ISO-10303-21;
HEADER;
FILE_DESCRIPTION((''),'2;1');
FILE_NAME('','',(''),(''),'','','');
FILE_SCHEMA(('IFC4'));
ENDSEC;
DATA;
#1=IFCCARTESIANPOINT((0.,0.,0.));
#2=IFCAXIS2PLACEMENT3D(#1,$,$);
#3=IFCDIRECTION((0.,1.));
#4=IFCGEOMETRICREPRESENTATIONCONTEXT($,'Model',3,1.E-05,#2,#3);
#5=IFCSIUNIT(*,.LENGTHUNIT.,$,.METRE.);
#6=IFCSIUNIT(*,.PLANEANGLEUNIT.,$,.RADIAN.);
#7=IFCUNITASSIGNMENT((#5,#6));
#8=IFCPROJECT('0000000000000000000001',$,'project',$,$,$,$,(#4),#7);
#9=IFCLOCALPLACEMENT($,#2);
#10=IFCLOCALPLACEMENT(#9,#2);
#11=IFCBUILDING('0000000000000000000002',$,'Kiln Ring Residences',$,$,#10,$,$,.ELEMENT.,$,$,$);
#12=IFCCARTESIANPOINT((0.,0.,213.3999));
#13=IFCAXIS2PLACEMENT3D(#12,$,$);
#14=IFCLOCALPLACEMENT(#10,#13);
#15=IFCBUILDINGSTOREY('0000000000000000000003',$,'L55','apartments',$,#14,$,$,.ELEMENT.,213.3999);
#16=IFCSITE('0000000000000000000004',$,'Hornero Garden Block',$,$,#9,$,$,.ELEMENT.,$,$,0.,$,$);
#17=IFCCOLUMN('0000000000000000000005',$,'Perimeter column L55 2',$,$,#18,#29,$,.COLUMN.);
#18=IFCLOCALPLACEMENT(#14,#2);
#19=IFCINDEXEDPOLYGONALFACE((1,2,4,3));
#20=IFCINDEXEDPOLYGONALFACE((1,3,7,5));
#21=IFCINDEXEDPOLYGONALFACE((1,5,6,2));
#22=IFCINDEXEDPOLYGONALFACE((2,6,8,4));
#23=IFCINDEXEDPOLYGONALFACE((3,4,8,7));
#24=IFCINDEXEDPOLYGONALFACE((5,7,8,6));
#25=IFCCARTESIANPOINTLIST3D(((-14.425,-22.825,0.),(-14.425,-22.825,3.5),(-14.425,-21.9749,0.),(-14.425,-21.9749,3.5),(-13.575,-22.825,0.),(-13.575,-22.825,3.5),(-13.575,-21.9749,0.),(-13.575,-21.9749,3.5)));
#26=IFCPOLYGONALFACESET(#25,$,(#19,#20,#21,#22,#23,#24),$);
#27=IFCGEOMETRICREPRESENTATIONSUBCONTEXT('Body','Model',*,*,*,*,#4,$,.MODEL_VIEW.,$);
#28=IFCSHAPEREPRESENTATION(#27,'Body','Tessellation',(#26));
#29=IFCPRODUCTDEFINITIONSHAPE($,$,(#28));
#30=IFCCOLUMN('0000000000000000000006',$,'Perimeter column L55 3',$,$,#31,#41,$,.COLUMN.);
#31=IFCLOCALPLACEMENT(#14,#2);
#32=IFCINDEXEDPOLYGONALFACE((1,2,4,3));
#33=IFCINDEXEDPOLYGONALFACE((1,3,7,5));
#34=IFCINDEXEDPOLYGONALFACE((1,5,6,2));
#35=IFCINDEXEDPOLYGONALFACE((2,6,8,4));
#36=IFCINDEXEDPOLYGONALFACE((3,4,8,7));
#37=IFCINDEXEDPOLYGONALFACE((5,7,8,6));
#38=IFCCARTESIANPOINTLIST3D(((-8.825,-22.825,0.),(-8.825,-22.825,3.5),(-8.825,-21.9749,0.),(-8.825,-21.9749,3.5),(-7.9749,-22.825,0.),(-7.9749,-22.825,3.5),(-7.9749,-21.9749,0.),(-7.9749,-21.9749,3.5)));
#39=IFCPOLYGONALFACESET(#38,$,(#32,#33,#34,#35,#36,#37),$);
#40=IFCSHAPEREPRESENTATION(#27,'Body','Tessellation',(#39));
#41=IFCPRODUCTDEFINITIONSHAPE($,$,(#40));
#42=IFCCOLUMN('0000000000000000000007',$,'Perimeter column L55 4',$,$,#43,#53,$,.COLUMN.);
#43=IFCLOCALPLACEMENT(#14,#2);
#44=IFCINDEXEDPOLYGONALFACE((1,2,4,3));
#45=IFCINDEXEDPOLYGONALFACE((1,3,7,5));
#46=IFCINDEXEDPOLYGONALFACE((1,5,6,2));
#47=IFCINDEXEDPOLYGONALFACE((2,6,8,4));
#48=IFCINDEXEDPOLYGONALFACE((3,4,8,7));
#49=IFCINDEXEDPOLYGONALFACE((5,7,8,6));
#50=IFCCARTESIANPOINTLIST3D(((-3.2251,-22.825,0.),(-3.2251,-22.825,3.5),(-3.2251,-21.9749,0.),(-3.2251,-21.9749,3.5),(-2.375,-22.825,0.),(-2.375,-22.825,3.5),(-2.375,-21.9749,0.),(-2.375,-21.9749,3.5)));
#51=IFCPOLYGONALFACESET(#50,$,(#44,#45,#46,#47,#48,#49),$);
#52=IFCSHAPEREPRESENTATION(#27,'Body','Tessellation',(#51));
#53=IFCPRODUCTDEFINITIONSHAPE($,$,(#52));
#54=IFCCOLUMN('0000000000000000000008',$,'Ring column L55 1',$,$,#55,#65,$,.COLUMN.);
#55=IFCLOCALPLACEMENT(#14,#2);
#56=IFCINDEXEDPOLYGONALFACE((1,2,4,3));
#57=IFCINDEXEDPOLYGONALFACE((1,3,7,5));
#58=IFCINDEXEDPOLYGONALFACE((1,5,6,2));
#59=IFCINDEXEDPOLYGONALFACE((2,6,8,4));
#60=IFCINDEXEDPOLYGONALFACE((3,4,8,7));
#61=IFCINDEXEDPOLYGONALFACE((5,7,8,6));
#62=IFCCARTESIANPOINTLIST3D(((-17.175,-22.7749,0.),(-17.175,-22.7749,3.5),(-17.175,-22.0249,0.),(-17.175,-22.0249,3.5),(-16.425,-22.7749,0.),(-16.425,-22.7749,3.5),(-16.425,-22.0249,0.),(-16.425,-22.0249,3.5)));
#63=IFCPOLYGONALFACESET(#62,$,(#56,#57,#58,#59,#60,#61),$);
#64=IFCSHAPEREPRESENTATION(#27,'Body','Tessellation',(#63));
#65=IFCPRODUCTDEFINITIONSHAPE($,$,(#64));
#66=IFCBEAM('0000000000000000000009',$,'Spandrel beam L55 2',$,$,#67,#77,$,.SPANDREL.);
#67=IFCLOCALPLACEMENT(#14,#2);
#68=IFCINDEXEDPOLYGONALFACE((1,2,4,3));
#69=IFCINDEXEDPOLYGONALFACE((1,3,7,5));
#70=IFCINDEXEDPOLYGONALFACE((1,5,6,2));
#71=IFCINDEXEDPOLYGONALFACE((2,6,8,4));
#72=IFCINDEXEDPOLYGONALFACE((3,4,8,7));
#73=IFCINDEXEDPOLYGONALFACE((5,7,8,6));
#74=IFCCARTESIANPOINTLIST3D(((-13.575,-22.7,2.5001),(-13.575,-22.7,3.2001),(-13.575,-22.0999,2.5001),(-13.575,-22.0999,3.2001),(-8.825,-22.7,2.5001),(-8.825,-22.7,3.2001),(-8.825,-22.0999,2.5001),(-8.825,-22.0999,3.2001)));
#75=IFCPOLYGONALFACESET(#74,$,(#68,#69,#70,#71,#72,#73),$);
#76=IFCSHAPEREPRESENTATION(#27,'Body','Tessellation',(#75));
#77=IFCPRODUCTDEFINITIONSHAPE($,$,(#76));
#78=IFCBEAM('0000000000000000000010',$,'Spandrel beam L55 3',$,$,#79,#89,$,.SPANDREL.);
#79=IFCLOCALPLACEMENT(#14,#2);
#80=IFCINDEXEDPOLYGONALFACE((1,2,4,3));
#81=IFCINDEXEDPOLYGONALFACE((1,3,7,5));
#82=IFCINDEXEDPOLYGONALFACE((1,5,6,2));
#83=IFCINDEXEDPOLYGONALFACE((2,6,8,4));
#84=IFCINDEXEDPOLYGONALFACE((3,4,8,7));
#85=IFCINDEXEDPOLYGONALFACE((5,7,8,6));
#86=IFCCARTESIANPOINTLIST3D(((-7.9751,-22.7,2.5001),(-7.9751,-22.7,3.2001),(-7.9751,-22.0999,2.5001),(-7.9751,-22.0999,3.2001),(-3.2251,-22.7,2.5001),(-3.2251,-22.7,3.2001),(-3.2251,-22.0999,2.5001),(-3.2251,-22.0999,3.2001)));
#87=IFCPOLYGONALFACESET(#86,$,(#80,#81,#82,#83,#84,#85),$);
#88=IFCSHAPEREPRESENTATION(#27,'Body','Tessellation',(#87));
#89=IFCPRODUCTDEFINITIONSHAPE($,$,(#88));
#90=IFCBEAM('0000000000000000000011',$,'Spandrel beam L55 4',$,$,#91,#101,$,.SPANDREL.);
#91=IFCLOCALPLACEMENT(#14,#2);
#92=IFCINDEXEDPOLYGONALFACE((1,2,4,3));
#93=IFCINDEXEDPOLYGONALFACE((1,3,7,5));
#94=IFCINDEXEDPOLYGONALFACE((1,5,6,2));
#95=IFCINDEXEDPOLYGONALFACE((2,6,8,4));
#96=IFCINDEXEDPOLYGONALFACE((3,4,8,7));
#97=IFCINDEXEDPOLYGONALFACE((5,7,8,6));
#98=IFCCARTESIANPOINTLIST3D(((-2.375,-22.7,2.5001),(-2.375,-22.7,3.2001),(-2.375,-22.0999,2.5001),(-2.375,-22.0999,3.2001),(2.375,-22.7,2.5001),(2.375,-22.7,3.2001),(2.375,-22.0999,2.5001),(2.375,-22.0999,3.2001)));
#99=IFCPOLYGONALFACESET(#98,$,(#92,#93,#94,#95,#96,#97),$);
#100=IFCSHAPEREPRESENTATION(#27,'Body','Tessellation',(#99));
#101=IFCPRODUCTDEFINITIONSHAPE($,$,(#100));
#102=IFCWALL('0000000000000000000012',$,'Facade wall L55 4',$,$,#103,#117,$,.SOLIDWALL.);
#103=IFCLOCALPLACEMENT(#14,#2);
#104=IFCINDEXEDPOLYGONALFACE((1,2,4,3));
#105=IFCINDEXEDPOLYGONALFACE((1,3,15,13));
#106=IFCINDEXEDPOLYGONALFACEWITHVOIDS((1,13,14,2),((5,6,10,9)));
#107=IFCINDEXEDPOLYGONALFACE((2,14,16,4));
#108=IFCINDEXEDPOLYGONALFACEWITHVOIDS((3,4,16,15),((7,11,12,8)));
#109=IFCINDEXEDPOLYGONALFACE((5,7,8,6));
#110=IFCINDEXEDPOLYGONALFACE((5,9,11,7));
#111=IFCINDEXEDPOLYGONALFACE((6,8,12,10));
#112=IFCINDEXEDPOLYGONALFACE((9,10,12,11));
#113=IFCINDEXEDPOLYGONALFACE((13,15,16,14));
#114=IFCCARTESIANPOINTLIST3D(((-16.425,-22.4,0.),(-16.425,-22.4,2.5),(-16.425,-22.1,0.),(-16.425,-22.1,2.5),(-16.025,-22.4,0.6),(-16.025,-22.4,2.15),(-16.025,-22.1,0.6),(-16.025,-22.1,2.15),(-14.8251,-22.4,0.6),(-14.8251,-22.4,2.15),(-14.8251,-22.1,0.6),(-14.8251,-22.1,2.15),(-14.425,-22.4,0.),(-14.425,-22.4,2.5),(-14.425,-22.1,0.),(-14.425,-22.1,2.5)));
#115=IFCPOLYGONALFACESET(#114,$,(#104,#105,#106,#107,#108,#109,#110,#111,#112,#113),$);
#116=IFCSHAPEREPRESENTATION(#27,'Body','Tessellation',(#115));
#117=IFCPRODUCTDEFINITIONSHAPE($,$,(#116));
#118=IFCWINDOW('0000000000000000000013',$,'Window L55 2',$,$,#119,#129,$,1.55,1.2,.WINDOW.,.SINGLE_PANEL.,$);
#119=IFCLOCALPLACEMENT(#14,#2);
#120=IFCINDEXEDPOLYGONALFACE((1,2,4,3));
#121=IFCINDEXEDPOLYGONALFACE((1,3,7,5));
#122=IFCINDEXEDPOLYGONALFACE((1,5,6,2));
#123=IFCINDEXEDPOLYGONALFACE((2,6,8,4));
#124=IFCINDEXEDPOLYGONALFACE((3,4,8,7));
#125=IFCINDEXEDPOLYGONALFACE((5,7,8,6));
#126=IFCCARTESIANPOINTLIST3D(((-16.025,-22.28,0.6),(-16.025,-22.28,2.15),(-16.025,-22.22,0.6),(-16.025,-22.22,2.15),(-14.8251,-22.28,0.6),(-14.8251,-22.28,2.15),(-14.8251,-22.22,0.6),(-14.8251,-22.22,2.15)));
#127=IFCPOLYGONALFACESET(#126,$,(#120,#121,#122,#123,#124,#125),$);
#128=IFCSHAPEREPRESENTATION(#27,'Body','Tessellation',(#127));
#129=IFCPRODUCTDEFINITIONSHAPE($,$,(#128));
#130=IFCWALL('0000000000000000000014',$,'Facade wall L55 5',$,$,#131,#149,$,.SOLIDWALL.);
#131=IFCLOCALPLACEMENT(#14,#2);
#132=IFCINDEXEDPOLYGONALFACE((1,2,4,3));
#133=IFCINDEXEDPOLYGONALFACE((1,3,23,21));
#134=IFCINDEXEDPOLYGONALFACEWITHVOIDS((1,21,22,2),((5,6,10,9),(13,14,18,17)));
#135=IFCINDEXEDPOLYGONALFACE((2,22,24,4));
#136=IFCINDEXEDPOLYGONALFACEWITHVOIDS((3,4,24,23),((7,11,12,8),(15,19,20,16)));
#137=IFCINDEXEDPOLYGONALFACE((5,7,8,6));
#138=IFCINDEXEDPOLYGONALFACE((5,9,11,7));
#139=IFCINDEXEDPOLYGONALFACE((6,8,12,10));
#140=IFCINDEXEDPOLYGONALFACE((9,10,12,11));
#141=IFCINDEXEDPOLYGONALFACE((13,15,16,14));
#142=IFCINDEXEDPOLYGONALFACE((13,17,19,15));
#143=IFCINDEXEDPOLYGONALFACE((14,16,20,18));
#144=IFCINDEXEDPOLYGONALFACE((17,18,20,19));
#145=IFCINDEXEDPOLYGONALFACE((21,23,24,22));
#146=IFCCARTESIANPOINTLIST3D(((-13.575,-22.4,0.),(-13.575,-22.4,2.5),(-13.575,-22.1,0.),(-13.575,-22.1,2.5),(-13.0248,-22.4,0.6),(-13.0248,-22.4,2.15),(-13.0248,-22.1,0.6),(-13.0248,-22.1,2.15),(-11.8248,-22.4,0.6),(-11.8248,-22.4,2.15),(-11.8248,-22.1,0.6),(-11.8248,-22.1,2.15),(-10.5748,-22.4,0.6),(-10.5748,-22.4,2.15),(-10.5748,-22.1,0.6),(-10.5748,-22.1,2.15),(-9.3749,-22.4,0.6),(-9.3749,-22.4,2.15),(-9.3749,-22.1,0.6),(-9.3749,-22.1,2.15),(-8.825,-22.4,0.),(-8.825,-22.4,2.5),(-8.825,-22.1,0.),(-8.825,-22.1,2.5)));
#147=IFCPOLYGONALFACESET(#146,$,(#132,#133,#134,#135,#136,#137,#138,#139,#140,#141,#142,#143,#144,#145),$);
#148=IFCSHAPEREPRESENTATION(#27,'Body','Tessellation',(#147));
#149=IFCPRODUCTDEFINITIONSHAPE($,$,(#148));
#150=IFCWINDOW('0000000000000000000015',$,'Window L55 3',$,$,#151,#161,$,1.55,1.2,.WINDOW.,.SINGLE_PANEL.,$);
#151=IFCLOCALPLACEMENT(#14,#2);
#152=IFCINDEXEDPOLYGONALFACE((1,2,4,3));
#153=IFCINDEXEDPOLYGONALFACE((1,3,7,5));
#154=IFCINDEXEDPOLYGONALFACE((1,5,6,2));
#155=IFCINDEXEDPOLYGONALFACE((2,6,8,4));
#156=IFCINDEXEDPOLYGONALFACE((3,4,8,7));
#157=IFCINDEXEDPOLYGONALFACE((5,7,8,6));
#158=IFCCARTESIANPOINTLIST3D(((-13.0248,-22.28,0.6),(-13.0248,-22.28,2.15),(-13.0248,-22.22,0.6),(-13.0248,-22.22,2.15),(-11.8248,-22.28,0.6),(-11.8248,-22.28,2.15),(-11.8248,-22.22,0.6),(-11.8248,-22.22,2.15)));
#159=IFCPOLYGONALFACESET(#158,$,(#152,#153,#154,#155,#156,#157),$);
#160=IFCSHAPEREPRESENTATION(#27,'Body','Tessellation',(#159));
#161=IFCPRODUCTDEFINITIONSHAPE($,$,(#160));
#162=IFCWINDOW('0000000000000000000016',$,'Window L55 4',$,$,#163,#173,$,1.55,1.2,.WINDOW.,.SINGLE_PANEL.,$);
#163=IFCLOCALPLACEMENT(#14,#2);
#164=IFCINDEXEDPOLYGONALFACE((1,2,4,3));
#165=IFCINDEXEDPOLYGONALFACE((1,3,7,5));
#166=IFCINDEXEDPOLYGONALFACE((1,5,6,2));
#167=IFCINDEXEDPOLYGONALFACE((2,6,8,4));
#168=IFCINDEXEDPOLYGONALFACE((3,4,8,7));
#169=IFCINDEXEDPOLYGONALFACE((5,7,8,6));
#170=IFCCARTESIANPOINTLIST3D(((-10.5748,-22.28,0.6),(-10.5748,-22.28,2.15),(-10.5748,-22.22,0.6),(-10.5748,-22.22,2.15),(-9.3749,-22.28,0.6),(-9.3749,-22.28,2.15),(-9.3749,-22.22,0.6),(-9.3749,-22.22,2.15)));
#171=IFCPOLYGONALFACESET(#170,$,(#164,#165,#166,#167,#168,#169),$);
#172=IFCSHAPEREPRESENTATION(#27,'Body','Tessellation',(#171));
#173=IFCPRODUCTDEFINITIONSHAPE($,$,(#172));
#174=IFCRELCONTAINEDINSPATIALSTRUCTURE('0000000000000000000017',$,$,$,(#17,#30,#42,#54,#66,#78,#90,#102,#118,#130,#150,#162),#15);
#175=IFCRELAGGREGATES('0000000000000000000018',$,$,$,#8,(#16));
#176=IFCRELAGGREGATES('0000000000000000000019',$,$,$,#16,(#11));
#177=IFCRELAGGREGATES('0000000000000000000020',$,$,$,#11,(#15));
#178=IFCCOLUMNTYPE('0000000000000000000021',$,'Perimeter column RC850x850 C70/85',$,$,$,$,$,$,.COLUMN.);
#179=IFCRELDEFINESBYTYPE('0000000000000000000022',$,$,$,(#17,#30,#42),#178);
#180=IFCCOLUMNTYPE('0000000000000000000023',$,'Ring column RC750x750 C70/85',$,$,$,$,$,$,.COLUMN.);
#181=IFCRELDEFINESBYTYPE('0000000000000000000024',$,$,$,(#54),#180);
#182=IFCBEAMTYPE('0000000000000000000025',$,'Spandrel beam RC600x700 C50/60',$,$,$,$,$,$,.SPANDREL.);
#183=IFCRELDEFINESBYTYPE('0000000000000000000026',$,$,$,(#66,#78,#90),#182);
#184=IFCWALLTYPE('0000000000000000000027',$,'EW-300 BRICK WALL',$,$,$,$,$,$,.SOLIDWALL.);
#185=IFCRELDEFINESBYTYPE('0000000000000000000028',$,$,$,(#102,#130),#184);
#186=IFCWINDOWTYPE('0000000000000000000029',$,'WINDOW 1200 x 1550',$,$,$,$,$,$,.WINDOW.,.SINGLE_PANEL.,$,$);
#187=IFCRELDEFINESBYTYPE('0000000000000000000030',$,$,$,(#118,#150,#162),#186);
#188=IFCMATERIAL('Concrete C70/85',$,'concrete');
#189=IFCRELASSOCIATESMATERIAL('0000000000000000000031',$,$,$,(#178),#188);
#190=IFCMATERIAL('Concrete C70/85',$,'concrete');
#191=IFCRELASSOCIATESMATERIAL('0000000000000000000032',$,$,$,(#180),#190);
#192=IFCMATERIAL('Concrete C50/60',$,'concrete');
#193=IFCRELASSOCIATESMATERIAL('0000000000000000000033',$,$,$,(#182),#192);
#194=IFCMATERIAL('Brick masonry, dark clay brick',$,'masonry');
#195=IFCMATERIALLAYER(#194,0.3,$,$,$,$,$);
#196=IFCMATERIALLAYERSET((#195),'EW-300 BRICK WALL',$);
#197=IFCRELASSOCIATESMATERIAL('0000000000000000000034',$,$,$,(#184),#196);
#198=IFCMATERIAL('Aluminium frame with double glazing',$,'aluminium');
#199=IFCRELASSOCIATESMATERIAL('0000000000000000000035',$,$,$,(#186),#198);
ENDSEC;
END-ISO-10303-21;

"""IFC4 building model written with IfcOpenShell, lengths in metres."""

from ifc_helpers import new_model, si_unit, direction, frame, frame_2d, origin, origin_2d, place, context, subcontext, project, spatial, rectangle, extrude, material, layer, layer_set, material_profile, profile_set, type_object, element, fill, save


model = new_model("IFC4")

# Units and contexts
model_context = context("Model", 3, precision=1e-05, world=origin(), true_north=direction((0.0, 1.0)))
body_context = subcontext(model_context, "Body", "Model", "MODEL_VIEW")
ifc_project = project(units=[si_unit("LENGTHUNIT", "METRE"), si_unit("PLANEANGLEUNIT", "RADIAN")], contexts=[model_context])

# Site, building, storey
site_placement = place(None, origin())
site = spatial("IfcSite", under=ifc_project, at=site_placement, Name="Hornero Garden Block", CompositionType="ELEMENT", RefElevation=0.0)
building_placement = place(site_placement, origin())
building = spatial("IfcBuilding", under=site, at=building_placement, Name="Kiln Ring Residences", CompositionType="ELEMENT")
storey_placement = place(building_placement, frame((0.0, 0.0, 213.3999)))
storey = spatial("IfcBuildingStorey", under=building, at=storey_placement, Name="L55", Description="apartments", CompositionType="ELEMENT", Elevation=213.3999)

# Columns
ifc_material_1 = material(Name="Concrete C70/85", Category="concrete")
ifc_material_profile_1 = material_profile(ifc_material_1, rectangle(XDim=0.8501, YDim=0.8501, at=origin_2d()), Name="RC850x850")
ifc_profile_set_1 = profile_set([ifc_material_profile_1], Name="Concrete C70/85")
column_type_1 = type_object("IfcColumnType", Name="Perimeter column RC850x850 C70/85", PredefinedType="COLUMN", material=ifc_profile_set_1)
for number, where, z_axis, x_axis, name in (
    (1, (-14.0, -22.3999, 0.0), (0.0, 0.0, 1.0), (1.0, 0.0, 0.0), "Perimeter column L55 2"),
    (2, (-8.3999, -22.3999, 0.0), (0.0, 0.0, 1.0), (1.0, 0.0, 0.0), "Perimeter column L55 3"),
    (3, (-2.8, -22.3999, 0.0), (0.0, 0.0, 1.0), (1.0, 0.0, 0.0), "Perimeter column L55 4"),
):
    element("IfcColumn", number, at=place(storey_placement, frame(where, z_axis=z_axis, x_axis=x_axis)), inside=storey, type_object=column_type_1, Name=name, PredefinedType="COLUMN", context=body_context, shape_type="SweptSolid", body=[
        extrude(rectangle(XDim=0.8501, YDim=0.8501, at=origin_2d()), origin(), (0.0, 0.0, 1.0), 3.5),
    ])
ifc_material_2 = material(Name="Concrete C70/85", Category="concrete")
ifc_material_profile_2 = material_profile(ifc_material_2, rectangle(XDim=0.75, YDim=0.75, at=origin_2d()), Name="RC750x750")
ifc_profile_set_2 = profile_set([ifc_material_profile_2], Name="Concrete C70/85")
column_type_2 = type_object("IfcColumnType", Name="Ring column RC750x750 C70/85", PredefinedType="COLUMN", material=ifc_profile_set_2)
column_placement = place(storey_placement, frame((-16.8, -22.3999, 0.0), z_axis=(0.0, 0.0, 1.0), x_axis=(1.0, 0.0, 0.0)))
element("IfcColumn", 4, at=column_placement, inside=storey, type_object=column_type_2, Name="Ring column L55 1", PredefinedType="COLUMN", context=body_context, shape_type="SweptSolid", body=[
    extrude(rectangle(XDim=0.75, YDim=0.75, at=origin_2d()), origin(), (0.0, 0.0, 1.0), 3.5),
])

# Beams
ifc_material_3 = material(Name="Concrete C50/60", Category="concrete")
ifc_material_profile_3 = material_profile(ifc_material_3, rectangle(XDim=0.6001, YDim=0.7, at=origin_2d()), Name="RC600x700")
ifc_profile_set_3 = profile_set([ifc_material_profile_3], Name="Concrete C50/60")
beam_type = type_object("IfcBeamType", Name="Spandrel beam RC600x700 C50/60", PredefinedType="SPANDREL", material=ifc_profile_set_3)
for number, where, z_axis, x_axis, name in (
    (5, (-13.575, -22.3999, 2.8501), (1.0, 0.0, 0.0), (0.0, 1.0, 0.0), "Spandrel beam L55 2"),
    (6, (-7.9751, -22.3999, 2.8501), (1.0, 0.0, 0.0), (0.0, 1.0, 0.0), "Spandrel beam L55 3"),
    (7, (-2.375, -22.3999, 2.8501), (1.0, 0.0, 0.0), (0.0, 1.0, 0.0), "Spandrel beam L55 4"),
):
    element("IfcBeam", number, at=place(storey_placement, frame(where, z_axis=z_axis, x_axis=x_axis)), inside=storey, type_object=beam_type, Name=name, PredefinedType="SPANDREL", context=body_context, shape_type="SweptSolid", body=[
        extrude(rectangle(XDim=0.6001, YDim=0.7, at=origin_2d()), origin(), (0.0, 0.0, 1.0), 4.75),
    ])

# Wall, opening, window
ifc_material_4 = material(Name="Brick masonry, dark clay brick", Category="masonry")
ifc_layer_1 = layer(ifc_material_4, 0.3)
ifc_layer_set_1 = layer_set([ifc_layer_1], Name="EW-300 BRICK WALL")
wall_type_1 = type_object("IfcWallType", Name="EW-300 BRICK WALL", PredefinedType="SOLIDWALL", material=ifc_layer_set_1)
wall_1_placement = place(storey_placement, frame((-16.425, -22.25, 0.0), z_axis=(0.0, 0.0, 1.0), x_axis=(1.0, 0.0, 0.0)))
wall_1 = element("IfcWall", 8, at=wall_1_placement, inside=storey, type_object=wall_type_1, Name="Facade wall L55 4", PredefinedType="SOLIDWALL", context=body_context, shape_type="SweptSolid", body=[
    extrude(rectangle(XDim=2.0, YDim=0.3, at=frame_2d((1.0, 0.0))), origin(), (0.0, 0.0, 1.0), 2.5),
])
opening_1_placement = place(wall_1_placement, frame((0.3999, 0.0, 0.6001)))
opening_1 = element("IfcOpeningElement", 9, at=opening_1_placement, cuts=wall_1, PredefinedType="OPENING", context=body_context, shape_type="SweptSolid", body=[
    extrude(rectangle(XDim=1.2, YDim=1.55, at=frame_2d((0.6001, 0.7749))), frame((0.0, 0.1599, 0.0), z_axis=(0.0, -1.0, 0.0), x_axis=(1.0, 0.0, 0.0)), (0.0, 0.0, 1.0), 0.3201),
])
ifc_material_5 = material(Name="Aluminium frame with double glazing", Category="aluminium")
window_type_1 = type_object("IfcWindowType", Name="WINDOW 1200 x 1550", PartitioningType="SINGLE_PANEL", PredefinedType="WINDOW", material=ifc_material_5)
window_1_placement = place(opening_1_placement, origin())
window_1 = element("IfcWindow", 10, at=window_1_placement, inside=storey, type_object=window_type_1, Name="Window L55 2", OverallHeight=1.55, OverallWidth=1.2, PartitioningType="SINGLE_PANEL", PredefinedType="WINDOW", context=body_context, shape_type="SweptSolid", body=[
    extrude(rectangle(XDim=1.2, YDim=1.55, at=frame_2d((0.6001, 0.7749))), frame((0.0, 0.03, 0.0), z_axis=(0.0, -1.0, 0.0), x_axis=(1.0, 0.0, 0.0)), (0.0, 0.0, 1.0), 0.0601),
])
fill(opening_1, window_1)

# Wall, openings, windows
wall_2_placement = place(storey_placement, frame((-13.575, -22.25, 0.0), z_axis=(0.0, 0.0, 1.0), x_axis=(1.0, 0.0, 0.0)))
wall_2 = element("IfcWall", 11, at=wall_2_placement, inside=storey, type_object=wall_type_1, Name="Facade wall L55 5", PredefinedType="SOLIDWALL", context=body_context, shape_type="SweptSolid", body=[
    extrude(rectangle(XDim=4.75, YDim=0.3, at=frame_2d((2.375, 0.0))), origin(), (0.0, 0.0, 1.0), 2.5),
])
opening_2_placement = place(wall_2_placement, frame((0.55, 0.0, 0.6001)))
opening_2 = element("IfcOpeningElement", 12, at=opening_2_placement, cuts=wall_2, PredefinedType="OPENING", context=body_context, shape_type="SweptSolid", body=[
    extrude(rectangle(XDim=1.2, YDim=1.55, at=frame_2d((0.6001, 0.7749))), frame((0.0, 0.1599, 0.0), z_axis=(0.0, -1.0, 0.0), x_axis=(1.0, 0.0, 0.0)), (0.0, 0.0, 1.0), 0.3201),
])
opening_3_placement = place(wall_2_placement, frame((3.0, 0.0, 0.6001)))
opening_3 = element("IfcOpeningElement", 13, at=opening_3_placement, cuts=wall_2, PredefinedType="OPENING", context=body_context, shape_type="SweptSolid", body=[
    extrude(rectangle(XDim=1.2, YDim=1.55, at=frame_2d((0.6001, 0.7749))), frame((0.0, 0.1599, 0.0), z_axis=(0.0, -1.0, 0.0), x_axis=(1.0, 0.0, 0.0)), (0.0, 0.0, 1.0), 0.3201),
])
window_2_placement = place(opening_2_placement, origin())
window_2 = element("IfcWindow", 14, at=window_2_placement, inside=storey, type_object=window_type_1, Name="Window L55 3", OverallHeight=1.55, OverallWidth=1.2, PartitioningType="SINGLE_PANEL", PredefinedType="WINDOW", context=body_context, shape_type="SweptSolid", body=[
    extrude(rectangle(XDim=1.2, YDim=1.55, at=frame_2d((0.6001, 0.7749))), frame((0.0, 0.03, 0.0), z_axis=(0.0, -1.0, 0.0), x_axis=(1.0, 0.0, 0.0)), (0.0, 0.0, 1.0), 0.0601),
])
fill(opening_2, window_2)
window_3_placement = place(opening_3_placement, origin())
window_3 = element("IfcWindow", 15, at=window_3_placement, inside=storey, type_object=window_type_1, Name="Window L55 4", OverallHeight=1.55, OverallWidth=1.2, PartitioningType="SINGLE_PANEL", PredefinedType="WINDOW", context=body_context, shape_type="SweptSolid", body=[
    extrude(rectangle(XDim=1.2, YDim=1.55, at=frame_2d((0.6001, 0.7749))), frame((0.0, 0.03, 0.0), z_axis=(0.0, -1.0, 0.0), x_axis=(1.0, 0.0, 0.0)), (0.0, 0.0, 1.0), 0.0601),
])
fill(opening_3, window_3)

save(model, "model.ifc")
